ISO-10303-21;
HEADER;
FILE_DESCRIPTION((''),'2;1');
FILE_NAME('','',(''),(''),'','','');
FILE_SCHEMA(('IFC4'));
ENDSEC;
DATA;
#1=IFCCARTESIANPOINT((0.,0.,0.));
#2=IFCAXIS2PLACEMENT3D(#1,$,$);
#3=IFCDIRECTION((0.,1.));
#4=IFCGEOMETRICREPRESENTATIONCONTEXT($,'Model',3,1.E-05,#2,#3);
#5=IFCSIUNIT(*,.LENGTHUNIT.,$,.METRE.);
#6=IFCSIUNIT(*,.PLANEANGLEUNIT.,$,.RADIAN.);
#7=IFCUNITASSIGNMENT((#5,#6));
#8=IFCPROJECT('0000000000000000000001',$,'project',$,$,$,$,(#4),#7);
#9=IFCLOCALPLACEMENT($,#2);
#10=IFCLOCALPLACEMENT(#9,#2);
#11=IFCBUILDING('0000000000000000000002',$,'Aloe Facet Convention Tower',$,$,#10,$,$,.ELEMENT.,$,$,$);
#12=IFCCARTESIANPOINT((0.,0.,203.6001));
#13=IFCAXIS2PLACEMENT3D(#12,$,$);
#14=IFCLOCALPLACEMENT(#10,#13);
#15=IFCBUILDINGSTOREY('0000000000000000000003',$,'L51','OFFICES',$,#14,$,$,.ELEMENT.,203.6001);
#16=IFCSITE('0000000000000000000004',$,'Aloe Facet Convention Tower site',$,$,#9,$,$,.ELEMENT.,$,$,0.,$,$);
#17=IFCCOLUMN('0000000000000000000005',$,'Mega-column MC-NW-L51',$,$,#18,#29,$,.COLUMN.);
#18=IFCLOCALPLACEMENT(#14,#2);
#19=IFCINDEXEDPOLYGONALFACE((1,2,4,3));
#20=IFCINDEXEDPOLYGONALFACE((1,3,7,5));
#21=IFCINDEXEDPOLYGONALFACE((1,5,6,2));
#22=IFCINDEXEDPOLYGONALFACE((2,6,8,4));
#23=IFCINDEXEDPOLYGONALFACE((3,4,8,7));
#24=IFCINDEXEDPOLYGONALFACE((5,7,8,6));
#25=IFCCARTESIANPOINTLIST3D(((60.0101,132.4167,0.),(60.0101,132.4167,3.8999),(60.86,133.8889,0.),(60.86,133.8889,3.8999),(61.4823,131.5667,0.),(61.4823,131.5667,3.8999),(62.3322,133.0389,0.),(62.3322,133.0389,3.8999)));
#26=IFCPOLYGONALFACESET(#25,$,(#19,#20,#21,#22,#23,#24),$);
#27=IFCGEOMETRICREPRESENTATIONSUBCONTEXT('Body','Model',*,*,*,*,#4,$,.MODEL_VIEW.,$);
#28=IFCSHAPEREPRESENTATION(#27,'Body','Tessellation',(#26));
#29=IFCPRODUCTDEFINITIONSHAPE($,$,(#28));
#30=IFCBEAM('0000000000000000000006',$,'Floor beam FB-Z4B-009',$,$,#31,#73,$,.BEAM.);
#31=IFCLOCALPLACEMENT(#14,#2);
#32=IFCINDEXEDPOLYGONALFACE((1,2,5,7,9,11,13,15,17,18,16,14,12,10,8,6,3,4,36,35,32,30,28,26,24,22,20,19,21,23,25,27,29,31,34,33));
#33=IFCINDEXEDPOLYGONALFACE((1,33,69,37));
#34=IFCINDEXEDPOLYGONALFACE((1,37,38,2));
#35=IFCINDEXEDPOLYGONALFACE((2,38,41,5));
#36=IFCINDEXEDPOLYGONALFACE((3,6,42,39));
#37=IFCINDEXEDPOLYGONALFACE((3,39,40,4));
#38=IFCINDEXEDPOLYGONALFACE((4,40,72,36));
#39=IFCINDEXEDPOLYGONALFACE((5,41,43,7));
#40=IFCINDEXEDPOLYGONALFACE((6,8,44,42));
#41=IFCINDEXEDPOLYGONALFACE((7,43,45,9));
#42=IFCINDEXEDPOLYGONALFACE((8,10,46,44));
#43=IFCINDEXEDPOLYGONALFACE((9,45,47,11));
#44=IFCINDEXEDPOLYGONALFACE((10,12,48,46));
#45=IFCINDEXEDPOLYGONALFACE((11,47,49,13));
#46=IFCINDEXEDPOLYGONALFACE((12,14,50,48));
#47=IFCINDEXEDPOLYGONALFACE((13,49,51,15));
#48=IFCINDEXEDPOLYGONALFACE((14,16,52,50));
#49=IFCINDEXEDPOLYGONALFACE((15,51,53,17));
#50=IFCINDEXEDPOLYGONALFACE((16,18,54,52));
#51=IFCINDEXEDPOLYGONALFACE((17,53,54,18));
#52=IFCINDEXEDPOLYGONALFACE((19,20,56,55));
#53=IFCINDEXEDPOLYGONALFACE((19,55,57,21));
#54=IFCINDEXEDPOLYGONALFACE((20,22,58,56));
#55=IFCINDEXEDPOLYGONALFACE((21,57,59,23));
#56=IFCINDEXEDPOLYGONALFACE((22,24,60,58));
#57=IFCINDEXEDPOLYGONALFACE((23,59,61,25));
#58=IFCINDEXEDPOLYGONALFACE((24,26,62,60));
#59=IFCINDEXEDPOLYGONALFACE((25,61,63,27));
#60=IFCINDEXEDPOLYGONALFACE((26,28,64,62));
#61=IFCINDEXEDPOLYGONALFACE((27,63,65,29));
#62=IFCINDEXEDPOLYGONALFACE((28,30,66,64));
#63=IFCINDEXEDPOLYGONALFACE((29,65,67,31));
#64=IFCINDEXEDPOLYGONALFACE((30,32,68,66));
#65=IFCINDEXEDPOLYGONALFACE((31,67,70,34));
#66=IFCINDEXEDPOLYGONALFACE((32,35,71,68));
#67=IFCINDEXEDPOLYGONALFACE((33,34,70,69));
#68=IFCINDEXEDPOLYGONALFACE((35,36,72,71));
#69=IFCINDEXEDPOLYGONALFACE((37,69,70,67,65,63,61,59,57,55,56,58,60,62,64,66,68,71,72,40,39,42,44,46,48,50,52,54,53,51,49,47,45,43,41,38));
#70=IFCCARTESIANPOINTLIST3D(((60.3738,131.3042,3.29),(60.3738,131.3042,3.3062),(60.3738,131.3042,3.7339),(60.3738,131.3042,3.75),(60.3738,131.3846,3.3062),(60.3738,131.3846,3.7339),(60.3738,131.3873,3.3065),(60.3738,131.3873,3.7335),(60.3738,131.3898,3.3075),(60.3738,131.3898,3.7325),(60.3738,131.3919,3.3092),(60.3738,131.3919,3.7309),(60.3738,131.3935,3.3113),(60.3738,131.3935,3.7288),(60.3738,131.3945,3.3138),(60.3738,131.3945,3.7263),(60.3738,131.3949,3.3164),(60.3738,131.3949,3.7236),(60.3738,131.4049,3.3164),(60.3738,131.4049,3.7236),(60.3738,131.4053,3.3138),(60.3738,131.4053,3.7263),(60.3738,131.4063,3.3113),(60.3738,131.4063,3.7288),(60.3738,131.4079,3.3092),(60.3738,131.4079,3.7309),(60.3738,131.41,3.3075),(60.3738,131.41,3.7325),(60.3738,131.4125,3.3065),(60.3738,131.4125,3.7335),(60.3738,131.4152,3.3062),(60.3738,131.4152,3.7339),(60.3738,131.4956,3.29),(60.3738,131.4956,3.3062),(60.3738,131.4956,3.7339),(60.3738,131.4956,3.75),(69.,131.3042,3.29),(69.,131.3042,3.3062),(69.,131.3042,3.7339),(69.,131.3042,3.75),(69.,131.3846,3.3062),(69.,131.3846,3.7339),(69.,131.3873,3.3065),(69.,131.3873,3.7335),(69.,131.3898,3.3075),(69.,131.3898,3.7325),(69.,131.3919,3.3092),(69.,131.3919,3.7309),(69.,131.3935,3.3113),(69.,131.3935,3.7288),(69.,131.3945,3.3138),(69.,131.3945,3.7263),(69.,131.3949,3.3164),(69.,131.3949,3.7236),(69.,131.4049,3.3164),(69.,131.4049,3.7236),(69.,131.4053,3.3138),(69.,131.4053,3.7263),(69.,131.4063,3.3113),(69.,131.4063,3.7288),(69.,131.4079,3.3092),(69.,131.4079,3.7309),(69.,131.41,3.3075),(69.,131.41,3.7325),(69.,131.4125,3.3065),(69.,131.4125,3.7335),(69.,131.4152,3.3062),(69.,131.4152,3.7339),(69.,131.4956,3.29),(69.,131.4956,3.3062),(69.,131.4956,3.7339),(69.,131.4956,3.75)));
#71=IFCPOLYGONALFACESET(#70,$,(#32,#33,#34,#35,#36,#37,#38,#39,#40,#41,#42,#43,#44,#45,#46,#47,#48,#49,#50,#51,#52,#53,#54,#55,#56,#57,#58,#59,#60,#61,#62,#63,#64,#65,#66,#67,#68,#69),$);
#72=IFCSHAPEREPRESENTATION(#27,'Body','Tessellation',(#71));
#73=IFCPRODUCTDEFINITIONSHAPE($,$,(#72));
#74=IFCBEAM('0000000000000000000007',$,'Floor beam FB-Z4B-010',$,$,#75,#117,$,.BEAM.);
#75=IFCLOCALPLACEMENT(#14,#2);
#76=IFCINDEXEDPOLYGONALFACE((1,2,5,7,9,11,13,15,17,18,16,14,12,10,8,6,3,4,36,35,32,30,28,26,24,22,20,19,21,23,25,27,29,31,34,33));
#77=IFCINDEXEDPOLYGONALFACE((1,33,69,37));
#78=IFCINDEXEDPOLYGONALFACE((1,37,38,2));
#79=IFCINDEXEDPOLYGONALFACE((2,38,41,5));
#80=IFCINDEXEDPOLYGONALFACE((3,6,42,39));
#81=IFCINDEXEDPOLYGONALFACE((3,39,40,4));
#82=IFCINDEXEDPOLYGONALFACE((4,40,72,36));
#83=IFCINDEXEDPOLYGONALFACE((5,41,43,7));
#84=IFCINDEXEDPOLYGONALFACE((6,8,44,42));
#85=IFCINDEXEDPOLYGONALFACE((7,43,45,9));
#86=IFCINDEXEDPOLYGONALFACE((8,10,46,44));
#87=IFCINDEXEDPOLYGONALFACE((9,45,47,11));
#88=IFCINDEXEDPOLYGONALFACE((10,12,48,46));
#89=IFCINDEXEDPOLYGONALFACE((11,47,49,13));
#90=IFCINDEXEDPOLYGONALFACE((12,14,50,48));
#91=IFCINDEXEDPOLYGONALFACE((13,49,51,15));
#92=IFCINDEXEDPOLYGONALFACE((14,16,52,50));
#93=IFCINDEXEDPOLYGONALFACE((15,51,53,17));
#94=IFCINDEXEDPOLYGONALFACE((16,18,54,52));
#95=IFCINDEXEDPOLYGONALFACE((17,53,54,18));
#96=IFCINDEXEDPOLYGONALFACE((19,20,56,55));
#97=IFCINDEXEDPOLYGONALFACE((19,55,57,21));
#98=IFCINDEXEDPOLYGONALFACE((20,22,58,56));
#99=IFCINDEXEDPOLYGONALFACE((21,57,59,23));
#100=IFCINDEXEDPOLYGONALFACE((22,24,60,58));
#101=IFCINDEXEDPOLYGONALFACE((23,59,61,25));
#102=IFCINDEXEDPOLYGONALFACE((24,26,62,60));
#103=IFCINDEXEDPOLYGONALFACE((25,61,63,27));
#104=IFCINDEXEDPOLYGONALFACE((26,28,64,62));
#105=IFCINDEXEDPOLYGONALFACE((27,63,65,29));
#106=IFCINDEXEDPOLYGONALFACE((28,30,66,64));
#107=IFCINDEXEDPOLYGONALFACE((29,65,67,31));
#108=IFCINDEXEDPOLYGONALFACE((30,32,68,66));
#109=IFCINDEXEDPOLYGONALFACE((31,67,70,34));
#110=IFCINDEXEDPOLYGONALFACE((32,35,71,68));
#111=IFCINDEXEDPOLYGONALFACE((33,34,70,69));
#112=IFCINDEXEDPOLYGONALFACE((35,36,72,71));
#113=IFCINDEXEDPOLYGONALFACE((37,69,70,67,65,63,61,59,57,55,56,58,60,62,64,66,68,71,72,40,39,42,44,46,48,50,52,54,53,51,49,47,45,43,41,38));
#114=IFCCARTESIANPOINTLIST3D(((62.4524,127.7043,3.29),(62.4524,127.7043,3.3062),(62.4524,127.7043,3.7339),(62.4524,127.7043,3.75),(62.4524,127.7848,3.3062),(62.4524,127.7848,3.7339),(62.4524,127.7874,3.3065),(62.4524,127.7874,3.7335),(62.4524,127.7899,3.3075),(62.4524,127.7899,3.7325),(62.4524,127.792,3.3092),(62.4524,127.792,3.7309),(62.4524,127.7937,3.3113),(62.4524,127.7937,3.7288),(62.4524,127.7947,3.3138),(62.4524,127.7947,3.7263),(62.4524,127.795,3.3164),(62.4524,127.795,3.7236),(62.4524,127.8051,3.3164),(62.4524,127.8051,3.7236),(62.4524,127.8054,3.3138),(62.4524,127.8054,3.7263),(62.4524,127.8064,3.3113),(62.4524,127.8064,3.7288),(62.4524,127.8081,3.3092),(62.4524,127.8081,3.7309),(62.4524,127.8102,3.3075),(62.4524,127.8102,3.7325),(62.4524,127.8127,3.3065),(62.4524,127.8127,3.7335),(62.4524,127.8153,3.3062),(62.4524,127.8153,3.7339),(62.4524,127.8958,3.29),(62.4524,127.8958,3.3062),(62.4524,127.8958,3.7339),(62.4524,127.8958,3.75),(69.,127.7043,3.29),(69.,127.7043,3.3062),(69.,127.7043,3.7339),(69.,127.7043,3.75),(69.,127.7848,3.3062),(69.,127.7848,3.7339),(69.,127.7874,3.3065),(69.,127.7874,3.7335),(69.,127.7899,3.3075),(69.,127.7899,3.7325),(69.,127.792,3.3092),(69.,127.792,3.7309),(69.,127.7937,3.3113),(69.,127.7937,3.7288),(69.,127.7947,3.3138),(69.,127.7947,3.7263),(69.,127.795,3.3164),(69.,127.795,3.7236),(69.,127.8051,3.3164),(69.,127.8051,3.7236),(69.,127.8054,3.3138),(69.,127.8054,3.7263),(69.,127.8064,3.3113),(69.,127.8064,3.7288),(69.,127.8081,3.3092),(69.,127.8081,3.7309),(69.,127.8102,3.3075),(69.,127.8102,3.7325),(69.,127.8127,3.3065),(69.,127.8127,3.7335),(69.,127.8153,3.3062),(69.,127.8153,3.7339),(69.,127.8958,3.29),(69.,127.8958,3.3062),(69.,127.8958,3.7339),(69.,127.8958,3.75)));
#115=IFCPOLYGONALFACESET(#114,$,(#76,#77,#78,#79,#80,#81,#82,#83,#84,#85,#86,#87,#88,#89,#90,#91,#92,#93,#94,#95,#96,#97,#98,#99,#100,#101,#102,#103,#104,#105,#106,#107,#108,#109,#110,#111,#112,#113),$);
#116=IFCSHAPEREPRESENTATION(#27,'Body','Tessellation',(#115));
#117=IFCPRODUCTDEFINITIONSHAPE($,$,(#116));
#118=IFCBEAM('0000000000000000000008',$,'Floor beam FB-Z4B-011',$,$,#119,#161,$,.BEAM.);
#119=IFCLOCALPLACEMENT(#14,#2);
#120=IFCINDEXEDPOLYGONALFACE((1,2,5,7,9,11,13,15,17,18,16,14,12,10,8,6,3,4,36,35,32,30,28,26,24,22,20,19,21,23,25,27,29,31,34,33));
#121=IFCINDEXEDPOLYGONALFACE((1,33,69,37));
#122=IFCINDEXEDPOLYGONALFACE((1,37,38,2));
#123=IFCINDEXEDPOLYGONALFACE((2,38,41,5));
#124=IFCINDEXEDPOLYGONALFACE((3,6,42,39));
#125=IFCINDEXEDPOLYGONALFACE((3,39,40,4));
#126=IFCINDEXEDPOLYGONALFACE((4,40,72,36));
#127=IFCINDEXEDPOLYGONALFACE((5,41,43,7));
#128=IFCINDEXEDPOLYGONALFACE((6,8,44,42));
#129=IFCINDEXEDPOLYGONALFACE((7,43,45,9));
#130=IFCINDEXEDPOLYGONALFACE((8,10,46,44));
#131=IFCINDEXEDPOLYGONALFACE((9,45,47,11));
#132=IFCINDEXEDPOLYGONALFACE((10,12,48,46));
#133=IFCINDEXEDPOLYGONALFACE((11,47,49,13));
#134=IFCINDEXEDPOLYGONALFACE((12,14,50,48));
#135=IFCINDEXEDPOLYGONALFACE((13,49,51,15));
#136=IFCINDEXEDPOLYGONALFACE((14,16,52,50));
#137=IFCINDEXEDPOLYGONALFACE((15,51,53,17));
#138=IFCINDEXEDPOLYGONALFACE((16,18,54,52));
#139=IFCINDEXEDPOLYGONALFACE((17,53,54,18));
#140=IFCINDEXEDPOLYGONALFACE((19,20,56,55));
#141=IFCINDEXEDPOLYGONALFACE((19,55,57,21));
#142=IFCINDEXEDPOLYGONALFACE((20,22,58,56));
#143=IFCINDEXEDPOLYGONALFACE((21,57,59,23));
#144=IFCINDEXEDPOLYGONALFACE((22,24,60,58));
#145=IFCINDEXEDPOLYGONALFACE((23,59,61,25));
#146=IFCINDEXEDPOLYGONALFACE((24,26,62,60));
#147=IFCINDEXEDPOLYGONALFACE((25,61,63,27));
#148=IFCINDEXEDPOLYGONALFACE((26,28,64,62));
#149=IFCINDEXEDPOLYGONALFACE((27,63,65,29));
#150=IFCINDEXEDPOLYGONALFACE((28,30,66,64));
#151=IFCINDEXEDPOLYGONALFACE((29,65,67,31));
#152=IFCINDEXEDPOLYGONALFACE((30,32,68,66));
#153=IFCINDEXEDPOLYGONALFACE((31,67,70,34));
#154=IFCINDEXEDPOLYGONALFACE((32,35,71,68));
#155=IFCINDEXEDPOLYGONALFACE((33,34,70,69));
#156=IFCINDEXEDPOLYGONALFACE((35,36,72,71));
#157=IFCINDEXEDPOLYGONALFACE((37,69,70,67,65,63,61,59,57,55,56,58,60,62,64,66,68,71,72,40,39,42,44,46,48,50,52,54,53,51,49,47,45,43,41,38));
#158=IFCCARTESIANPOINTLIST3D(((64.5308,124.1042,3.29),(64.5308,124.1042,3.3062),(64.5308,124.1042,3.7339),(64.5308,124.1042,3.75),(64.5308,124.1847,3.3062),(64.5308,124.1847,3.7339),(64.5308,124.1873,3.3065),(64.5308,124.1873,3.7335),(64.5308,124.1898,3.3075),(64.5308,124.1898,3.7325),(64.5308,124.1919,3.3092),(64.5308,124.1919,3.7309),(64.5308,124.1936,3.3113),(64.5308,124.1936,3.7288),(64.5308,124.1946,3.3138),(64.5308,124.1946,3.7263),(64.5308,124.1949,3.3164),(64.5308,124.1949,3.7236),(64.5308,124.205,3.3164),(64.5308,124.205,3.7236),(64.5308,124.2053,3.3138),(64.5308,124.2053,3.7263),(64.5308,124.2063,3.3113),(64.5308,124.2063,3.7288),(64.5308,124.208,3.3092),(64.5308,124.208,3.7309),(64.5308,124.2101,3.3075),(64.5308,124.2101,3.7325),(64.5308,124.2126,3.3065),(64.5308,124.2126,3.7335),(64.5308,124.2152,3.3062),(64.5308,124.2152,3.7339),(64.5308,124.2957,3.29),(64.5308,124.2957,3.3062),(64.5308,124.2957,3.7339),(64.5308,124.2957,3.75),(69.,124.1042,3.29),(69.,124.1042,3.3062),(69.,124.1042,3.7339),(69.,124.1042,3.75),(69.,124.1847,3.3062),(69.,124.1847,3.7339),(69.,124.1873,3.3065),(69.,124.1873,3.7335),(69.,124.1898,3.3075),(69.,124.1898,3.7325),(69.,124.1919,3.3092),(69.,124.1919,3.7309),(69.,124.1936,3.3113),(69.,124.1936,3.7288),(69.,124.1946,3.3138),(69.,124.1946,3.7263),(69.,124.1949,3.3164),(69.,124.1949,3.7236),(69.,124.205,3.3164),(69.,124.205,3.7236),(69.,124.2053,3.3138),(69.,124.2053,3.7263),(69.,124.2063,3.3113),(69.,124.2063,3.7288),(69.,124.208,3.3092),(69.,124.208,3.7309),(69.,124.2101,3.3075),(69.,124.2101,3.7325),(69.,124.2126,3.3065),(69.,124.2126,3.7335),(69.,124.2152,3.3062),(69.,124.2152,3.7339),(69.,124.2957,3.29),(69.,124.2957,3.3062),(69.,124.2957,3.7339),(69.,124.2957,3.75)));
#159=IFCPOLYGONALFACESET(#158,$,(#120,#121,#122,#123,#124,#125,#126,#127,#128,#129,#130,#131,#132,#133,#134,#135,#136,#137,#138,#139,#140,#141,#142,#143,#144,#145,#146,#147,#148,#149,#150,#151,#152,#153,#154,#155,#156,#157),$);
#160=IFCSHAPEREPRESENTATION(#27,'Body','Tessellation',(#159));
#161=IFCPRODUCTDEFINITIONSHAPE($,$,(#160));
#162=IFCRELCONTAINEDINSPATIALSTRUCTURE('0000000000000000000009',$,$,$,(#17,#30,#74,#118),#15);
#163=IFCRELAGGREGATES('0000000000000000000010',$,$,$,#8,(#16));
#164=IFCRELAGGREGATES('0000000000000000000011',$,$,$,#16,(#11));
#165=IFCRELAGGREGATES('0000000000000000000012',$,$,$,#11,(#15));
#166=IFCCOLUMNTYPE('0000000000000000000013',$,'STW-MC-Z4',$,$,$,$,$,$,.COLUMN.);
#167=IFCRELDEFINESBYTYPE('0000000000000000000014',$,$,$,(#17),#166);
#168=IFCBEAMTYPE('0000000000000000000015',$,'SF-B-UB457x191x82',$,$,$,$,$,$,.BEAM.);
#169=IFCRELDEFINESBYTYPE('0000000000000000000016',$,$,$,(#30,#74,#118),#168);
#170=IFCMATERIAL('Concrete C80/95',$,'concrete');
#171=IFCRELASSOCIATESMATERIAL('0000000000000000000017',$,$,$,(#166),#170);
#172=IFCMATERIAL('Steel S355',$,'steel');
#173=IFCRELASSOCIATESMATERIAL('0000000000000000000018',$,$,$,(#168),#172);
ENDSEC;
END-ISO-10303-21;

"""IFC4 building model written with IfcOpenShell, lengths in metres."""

from ifc_helpers import new_model, si_unit, direction, frame, origin, origin_2d, place, context, subcontext, project, spatial, rectangle, i_section, extrude, material, material_profile, profile_set, type_object, element, save


model = new_model("IFC4")

# Units and contexts
model_context = context("Model", 3, precision=1e-05, world=origin(), true_north=direction((0.0, 1.0)))
body_context = subcontext(model_context, "Body", "Model", "MODEL_VIEW")
ifc_project = project(units=[si_unit("LENGTHUNIT", "METRE"), si_unit("PLANEANGLEUNIT", "RADIAN")], contexts=[model_context])

# Site, building, storey
site_placement = place(None, origin())
site = spatial("IfcSite", under=ifc_project, at=site_placement, Name="Aloe Facet Convention Tower site", CompositionType="ELEMENT", RefElevation=0.0)
building_placement = place(site_placement, origin())
building = spatial("IfcBuilding", under=site, at=building_placement, Name="Aloe Facet Convention Tower", CompositionType="ELEMENT")
storey_placement = place(building_placement, frame((0.0, 0.0, 203.6001)))
storey = spatial("IfcBuildingStorey", under=building, at=storey_placement, Name="L51", Description="OFFICES", CompositionType="ELEMENT", Elevation=203.6001)

# Column
ifc_material_1 = material(Name="Concrete C80/95", Category="concrete")
ifc_material_profile_1 = material_profile(ifc_material_1, rectangle(XDim=1.7, YDim=1.7, at=origin_2d()), Name="STW-MC-Z4")
ifc_profile_set_1 = profile_set([ifc_material_profile_1], Name="Concrete C80/95")
column_type = type_object("IfcColumnType", Name="STW-MC-Z4", PredefinedType="COLUMN", material=ifc_profile_set_1)
column_placement = place(storey_placement, frame((61.1711, 132.7278, 0.0), z_axis=(0.0, 0.0, 1.0), x_axis=(-0.5, -0.866025, 0.0)))
element("IfcColumn", 1, at=column_placement, inside=storey, type_object=column_type, Name="Mega-column MC-NW-L51", PredefinedType="COLUMN", context=body_context, shape_type="SweptSolid", body=[
    extrude(rectangle(XDim=1.7, YDim=1.7, at=origin_2d()), origin(), (0.0, 0.0, 1.0), 3.8999),
])

# Beams
ifc_material_2 = material(Name="Steel S355", Category="steel")
ifc_material_profile_2 = material_profile(ifc_material_2, i_section(OverallWidth=0.1914, OverallDepth=0.46, WebThickness=0.01, FlangeThickness=0.0161, FilletRadius=0.0103, at=origin_2d()), Name="UB 457x191x82")
ifc_profile_set_2 = profile_set([ifc_material_profile_2], Name="Steel S355")
beam_type_1 = type_object("IfcBeamType", Name="SF-B-UB457x191x82", PredefinedType="BEAM", material=ifc_profile_set_2)
beam_1_placement = place(storey_placement, frame((60.3738, 131.3999, 3.52), z_axis=(1.0, 0.0, 0.0), x_axis=(0.0, 1.0, 0.0)))
element("IfcBeam", 2, at=beam_1_placement, inside=storey, type_object=beam_type_1, Name="Floor beam FB-Z4B-009", PredefinedType="BEAM", context=body_context, shape_type="SweptSolid", body=[
    extrude(i_section(OverallWidth=0.1914, OverallDepth=0.46, WebThickness=0.01, FlangeThickness=0.0161, FilletRadius=0.0103, at=origin_2d()), origin(), (0.0, 0.0, 1.0), 8.6262),
])
beam_2_placement = place(storey_placement, frame((62.4524, 127.8, 3.52), z_axis=(1.0, 0.0, 0.0), x_axis=(0.0, 1.0, 0.0)))
element("IfcBeam", 3, at=beam_2_placement, inside=storey, type_object=beam_type_1, Name="Floor beam FB-Z4B-010", PredefinedType="BEAM", context=body_context, shape_type="SweptSolid", body=[
    extrude(i_section(OverallWidth=0.1914, OverallDepth=0.46, WebThickness=0.01, FlangeThickness=0.0161, FilletRadius=0.0103, at=origin_2d()), origin(), (0.0, 0.0, 1.0), 6.5476),
])
beam_3_placement = place(storey_placement, frame((64.5308, 124.2, 3.52), z_axis=(1.0, 0.0, 0.0), x_axis=(0.0, 1.0, 0.0)))
element("IfcBeam", 4, at=beam_3_placement, inside=storey, type_object=beam_type_1, Name="Floor beam FB-Z4B-011", PredefinedType="BEAM", context=body_context, shape_type="SweptSolid", body=[
    extrude(i_section(OverallWidth=0.1914, OverallDepth=0.46, WebThickness=0.01, FlangeThickness=0.0161, FilletRadius=0.0103, at=origin_2d()), origin(), (0.0, 0.0, 1.0), 4.4692),
])

save(model, "model.ifc")
